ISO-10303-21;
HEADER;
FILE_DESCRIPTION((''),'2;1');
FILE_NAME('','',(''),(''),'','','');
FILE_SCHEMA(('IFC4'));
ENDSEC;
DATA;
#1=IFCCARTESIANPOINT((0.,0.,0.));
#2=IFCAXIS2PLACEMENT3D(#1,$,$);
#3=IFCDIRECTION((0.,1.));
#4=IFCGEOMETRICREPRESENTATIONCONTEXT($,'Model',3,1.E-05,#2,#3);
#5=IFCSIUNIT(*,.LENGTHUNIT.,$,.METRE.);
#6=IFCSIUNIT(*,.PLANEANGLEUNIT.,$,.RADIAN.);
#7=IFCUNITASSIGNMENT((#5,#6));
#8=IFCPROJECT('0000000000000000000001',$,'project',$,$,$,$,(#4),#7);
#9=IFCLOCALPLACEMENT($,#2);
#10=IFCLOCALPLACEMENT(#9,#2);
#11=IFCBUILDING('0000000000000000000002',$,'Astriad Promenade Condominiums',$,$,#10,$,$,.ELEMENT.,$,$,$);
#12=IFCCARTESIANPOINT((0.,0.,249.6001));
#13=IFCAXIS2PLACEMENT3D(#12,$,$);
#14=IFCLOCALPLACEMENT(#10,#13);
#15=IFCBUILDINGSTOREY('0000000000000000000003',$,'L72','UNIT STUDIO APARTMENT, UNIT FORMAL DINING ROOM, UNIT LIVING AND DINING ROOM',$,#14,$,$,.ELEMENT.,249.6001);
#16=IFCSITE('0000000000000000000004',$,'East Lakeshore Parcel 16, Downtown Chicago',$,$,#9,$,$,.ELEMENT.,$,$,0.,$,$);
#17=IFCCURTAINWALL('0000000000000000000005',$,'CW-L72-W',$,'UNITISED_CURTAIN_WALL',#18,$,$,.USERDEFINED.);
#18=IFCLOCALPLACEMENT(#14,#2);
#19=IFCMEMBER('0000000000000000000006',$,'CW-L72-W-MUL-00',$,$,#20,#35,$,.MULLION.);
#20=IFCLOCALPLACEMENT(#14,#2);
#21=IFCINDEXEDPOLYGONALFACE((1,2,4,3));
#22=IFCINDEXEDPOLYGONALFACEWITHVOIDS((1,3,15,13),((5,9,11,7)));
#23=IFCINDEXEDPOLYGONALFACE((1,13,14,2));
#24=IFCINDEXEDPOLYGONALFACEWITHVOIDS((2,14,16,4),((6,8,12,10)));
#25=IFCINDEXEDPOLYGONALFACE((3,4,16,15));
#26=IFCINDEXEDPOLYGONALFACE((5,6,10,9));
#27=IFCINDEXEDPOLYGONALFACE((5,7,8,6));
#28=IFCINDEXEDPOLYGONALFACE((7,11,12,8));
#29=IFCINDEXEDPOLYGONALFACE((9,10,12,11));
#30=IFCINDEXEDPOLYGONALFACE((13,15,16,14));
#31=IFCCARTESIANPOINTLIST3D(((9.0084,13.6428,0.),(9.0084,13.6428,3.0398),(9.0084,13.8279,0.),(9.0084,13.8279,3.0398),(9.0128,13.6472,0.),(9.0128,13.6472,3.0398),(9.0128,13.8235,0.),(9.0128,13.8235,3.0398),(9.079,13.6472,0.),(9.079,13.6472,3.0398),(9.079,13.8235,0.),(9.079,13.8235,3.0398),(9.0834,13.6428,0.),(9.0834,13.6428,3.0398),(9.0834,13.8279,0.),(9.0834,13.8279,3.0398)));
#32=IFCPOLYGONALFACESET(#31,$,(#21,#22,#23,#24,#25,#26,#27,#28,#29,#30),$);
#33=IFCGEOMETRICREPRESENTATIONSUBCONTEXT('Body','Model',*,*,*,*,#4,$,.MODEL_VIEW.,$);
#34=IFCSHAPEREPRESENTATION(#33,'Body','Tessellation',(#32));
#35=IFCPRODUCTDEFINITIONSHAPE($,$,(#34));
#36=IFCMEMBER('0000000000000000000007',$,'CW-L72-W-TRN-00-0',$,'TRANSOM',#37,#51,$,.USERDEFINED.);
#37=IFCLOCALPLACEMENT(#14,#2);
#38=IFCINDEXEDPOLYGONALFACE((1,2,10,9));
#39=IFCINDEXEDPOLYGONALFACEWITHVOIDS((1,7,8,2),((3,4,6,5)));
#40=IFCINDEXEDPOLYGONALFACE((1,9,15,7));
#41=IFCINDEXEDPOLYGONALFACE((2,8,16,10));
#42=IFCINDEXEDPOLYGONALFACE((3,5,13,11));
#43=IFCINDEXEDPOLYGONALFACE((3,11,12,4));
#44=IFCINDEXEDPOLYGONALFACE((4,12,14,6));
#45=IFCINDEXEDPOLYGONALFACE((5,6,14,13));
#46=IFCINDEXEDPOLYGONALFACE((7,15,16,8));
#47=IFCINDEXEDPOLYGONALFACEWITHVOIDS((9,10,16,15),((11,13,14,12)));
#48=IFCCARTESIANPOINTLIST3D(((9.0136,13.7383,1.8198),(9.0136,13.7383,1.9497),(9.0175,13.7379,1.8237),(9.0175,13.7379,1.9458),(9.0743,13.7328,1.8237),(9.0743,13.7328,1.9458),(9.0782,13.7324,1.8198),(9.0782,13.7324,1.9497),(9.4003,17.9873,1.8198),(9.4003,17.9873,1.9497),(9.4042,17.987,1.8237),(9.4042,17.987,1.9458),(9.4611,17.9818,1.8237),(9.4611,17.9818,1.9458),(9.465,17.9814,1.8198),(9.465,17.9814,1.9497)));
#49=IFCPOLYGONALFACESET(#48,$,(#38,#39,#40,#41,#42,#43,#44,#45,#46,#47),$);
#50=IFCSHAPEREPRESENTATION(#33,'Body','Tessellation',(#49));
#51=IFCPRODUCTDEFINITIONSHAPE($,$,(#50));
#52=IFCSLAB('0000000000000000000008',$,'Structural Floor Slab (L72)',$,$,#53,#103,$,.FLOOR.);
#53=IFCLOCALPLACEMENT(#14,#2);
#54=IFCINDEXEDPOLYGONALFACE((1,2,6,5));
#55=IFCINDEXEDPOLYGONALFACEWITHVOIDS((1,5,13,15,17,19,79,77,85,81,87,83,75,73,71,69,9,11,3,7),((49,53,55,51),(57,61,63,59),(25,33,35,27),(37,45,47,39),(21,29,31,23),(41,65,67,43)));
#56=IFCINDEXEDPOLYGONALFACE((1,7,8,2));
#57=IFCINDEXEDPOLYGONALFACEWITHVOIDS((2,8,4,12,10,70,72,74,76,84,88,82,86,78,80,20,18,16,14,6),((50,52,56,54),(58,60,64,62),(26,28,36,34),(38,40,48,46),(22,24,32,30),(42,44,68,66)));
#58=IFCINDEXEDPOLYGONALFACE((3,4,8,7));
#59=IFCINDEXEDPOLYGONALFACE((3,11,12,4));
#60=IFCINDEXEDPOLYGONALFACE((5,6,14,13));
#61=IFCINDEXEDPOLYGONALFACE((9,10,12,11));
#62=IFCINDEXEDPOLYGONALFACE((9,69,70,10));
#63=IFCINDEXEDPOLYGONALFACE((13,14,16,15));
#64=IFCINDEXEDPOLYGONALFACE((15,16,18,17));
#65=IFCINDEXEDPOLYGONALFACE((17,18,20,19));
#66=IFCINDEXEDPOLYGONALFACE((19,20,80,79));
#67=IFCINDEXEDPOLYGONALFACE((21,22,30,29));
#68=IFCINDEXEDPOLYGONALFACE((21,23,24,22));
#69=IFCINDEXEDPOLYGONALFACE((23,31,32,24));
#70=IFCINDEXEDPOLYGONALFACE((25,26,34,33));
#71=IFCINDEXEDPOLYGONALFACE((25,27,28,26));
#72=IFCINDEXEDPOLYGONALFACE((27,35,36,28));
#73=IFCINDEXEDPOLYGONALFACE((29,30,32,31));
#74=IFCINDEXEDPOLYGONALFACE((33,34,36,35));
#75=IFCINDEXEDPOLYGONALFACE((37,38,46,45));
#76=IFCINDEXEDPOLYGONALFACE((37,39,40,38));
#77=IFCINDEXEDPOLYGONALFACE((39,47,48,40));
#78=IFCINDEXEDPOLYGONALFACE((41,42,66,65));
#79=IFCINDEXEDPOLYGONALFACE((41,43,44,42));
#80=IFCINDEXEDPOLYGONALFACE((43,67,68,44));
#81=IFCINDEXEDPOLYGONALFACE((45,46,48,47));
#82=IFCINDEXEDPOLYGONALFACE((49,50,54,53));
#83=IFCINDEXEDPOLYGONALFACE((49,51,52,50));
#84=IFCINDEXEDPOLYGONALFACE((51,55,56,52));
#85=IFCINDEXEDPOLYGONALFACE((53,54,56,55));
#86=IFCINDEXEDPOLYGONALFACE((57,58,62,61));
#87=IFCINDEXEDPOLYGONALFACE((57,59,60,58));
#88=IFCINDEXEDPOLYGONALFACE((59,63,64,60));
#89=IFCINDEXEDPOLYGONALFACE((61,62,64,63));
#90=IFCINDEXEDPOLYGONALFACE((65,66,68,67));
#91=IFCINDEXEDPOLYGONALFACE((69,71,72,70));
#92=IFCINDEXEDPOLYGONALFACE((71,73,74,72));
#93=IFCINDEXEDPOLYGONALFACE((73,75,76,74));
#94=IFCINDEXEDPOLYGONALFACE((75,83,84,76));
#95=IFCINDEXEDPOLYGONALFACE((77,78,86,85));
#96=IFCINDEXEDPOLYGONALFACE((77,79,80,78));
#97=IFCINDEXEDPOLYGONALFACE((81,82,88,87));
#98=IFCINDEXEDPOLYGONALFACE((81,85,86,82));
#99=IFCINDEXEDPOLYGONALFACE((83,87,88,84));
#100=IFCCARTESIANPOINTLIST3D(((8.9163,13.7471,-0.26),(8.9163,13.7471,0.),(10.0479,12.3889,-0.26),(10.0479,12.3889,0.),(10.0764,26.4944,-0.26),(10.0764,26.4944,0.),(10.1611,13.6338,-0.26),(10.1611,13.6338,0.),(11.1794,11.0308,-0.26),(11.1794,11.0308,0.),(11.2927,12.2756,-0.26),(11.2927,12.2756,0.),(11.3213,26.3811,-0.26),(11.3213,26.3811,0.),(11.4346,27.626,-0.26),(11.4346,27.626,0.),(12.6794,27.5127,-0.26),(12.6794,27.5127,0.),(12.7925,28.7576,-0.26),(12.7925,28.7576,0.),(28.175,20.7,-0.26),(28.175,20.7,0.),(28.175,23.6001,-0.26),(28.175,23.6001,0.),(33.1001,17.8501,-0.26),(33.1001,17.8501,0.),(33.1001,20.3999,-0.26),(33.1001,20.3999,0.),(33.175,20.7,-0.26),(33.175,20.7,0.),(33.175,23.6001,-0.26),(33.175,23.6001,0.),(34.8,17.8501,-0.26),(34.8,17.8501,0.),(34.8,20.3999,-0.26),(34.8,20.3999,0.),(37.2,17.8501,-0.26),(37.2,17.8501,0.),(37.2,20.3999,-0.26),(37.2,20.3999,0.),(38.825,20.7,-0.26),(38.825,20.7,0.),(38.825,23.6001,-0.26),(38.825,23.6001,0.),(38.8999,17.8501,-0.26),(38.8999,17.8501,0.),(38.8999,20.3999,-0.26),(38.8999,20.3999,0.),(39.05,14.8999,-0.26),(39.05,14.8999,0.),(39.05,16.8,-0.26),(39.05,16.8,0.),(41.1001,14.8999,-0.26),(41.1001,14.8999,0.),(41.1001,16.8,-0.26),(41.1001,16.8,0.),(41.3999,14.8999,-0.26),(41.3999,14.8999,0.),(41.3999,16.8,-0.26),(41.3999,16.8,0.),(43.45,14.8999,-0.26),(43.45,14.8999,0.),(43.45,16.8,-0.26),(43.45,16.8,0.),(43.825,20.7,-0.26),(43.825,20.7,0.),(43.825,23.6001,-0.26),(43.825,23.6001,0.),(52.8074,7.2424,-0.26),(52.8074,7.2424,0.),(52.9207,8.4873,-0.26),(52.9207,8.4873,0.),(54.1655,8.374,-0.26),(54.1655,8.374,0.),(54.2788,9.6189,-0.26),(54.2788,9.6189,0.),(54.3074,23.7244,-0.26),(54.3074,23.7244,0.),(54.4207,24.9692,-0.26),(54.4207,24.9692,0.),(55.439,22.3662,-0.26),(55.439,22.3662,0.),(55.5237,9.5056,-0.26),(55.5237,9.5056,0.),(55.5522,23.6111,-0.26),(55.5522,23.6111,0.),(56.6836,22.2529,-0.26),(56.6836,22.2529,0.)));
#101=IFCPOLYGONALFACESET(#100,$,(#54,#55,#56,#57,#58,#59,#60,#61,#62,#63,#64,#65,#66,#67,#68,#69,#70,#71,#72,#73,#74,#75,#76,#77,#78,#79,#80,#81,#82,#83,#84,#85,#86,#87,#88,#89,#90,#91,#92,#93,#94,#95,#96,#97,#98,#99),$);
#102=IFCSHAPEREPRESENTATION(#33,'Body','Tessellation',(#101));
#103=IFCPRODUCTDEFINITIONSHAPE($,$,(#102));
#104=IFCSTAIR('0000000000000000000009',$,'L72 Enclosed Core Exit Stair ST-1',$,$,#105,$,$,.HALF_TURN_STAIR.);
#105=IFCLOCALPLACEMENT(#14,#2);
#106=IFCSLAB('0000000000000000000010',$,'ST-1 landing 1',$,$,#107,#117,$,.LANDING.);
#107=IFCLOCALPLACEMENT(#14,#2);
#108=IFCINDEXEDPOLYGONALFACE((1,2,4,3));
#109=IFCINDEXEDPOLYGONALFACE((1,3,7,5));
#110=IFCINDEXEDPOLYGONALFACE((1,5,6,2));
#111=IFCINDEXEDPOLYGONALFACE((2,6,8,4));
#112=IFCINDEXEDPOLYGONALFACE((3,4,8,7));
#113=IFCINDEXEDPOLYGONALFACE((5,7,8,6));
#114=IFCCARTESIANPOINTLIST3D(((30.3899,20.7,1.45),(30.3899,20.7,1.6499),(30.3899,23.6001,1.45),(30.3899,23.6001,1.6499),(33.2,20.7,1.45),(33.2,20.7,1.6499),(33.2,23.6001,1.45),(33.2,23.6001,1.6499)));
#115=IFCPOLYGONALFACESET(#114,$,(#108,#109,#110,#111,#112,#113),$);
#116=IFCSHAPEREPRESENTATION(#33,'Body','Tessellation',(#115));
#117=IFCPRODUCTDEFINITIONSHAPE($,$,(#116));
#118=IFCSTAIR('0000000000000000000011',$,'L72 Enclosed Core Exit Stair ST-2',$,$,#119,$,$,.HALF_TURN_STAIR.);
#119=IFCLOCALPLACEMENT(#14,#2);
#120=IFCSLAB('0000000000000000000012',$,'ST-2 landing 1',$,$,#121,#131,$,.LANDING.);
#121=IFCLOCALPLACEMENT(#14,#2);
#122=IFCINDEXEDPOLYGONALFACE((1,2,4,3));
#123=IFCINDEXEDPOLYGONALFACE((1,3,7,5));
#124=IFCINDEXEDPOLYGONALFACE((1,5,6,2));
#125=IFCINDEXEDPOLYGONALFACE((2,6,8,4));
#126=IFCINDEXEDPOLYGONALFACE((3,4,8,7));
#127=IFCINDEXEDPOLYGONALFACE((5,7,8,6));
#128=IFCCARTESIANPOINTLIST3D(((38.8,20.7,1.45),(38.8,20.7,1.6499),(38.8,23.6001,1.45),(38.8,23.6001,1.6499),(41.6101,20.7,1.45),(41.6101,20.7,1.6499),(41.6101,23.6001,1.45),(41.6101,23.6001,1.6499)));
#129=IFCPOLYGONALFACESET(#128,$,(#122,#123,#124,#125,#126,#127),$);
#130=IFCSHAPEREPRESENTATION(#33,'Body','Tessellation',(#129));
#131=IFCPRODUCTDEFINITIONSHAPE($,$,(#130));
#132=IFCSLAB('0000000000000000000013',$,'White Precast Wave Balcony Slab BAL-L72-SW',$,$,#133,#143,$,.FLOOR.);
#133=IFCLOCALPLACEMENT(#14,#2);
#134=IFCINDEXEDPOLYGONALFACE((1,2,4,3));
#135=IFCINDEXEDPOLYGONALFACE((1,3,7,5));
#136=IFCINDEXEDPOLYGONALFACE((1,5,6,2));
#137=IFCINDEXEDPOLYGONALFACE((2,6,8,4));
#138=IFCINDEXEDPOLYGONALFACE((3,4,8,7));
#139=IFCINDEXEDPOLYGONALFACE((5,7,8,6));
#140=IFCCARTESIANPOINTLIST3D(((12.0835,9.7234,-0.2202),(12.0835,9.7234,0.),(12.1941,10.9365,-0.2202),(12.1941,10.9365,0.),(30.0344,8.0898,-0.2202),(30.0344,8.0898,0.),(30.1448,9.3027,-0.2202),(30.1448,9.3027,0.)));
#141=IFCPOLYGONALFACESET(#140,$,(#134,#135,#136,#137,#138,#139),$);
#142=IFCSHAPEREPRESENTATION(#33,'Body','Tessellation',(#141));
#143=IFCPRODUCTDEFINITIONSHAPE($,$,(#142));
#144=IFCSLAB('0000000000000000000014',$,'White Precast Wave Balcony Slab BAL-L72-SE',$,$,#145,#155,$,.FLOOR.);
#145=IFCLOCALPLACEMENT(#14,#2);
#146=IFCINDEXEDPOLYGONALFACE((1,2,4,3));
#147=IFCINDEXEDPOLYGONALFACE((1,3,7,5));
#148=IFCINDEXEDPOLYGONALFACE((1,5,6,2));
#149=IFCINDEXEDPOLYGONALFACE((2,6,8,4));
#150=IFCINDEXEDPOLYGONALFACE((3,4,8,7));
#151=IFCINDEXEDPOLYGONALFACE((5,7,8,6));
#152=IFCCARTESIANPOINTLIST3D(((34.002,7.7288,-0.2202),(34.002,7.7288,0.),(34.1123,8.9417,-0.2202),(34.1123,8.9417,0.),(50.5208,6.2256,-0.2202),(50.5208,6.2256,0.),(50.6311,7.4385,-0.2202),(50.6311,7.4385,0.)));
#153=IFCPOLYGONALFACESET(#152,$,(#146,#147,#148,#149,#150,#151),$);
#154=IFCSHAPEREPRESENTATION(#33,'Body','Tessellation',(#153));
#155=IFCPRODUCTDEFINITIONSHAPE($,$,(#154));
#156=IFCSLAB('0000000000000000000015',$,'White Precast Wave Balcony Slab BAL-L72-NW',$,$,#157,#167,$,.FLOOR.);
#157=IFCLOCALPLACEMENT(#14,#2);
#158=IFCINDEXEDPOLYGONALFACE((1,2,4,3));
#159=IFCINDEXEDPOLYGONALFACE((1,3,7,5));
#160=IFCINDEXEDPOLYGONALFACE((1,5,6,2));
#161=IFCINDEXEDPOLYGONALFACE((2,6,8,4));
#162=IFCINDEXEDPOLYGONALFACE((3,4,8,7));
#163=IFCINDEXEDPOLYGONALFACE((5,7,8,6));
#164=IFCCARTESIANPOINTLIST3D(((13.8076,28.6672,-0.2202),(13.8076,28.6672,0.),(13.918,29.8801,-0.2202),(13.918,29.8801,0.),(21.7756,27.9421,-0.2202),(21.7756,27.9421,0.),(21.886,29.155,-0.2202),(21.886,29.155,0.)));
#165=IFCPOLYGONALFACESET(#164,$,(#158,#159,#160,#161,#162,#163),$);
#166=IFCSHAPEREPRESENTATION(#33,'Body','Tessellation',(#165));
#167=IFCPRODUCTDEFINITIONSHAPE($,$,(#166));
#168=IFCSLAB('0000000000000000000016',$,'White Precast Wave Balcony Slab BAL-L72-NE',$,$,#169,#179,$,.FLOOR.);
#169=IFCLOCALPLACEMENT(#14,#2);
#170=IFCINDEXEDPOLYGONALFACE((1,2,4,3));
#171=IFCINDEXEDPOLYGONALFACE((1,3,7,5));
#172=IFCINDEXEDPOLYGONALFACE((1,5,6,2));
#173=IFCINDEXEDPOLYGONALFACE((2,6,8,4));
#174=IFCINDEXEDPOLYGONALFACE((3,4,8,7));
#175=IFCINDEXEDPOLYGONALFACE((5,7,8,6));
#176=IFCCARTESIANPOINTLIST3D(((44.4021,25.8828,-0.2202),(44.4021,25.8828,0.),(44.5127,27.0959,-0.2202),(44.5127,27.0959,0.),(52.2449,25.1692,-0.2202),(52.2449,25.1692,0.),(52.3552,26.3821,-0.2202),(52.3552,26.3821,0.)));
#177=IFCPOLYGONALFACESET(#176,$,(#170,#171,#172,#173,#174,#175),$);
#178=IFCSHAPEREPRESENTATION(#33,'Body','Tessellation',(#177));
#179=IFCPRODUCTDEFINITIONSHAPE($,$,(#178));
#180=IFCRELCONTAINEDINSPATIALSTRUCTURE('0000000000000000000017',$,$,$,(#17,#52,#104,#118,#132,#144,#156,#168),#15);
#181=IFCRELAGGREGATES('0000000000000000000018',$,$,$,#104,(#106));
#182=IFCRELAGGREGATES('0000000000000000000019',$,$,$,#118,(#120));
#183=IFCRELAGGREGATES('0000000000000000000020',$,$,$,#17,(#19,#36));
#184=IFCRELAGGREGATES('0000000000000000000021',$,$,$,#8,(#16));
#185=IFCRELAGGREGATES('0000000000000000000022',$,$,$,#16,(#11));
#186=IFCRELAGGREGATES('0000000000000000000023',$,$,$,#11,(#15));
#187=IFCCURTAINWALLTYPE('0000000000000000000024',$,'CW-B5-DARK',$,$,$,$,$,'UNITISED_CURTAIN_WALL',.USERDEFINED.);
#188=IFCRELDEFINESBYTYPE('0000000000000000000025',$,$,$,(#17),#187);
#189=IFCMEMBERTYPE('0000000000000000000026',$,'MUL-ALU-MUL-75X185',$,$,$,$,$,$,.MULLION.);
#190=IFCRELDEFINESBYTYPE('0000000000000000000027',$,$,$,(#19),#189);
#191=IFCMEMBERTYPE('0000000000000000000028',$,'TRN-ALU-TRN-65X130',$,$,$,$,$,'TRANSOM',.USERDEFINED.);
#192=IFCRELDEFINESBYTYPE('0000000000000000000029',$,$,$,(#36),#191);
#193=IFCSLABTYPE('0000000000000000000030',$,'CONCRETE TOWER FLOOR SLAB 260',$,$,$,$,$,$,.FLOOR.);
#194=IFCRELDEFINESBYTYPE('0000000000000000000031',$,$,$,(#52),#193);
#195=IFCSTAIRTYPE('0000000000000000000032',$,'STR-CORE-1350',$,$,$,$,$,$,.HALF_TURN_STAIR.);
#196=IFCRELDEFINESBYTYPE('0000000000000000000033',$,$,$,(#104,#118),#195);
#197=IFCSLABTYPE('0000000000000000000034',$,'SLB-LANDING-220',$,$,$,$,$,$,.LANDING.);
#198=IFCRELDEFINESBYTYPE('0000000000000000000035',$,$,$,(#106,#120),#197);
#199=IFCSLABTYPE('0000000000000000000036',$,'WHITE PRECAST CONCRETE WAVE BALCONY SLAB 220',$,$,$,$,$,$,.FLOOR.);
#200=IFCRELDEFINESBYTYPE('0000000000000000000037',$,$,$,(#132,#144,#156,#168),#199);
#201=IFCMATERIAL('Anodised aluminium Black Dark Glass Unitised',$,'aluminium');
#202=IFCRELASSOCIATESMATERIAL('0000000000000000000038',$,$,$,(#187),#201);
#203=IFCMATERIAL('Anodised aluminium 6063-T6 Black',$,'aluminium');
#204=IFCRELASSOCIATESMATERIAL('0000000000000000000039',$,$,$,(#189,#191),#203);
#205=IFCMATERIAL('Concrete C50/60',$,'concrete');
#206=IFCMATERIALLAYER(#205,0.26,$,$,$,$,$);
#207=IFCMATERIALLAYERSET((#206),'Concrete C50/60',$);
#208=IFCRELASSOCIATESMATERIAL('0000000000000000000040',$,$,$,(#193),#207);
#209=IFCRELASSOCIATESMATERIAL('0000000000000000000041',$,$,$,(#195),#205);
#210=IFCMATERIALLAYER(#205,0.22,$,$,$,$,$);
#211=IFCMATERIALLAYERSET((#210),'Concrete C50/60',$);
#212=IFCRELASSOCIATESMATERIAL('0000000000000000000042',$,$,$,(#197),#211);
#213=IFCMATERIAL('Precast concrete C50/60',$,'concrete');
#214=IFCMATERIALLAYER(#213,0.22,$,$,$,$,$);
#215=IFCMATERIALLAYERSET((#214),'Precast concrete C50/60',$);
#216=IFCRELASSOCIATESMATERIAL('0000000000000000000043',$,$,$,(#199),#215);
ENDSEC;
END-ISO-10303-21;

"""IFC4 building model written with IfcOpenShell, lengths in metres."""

from ifc_helpers import new_model, si_unit, direction, frame, origin, origin_2d, place, context, subcontext, project, spatial, polyline, hollow_rectangle, outline, extrude, source, transform, mapped, material, layer, layer_set, material_profile, profile_set, type_object, type_shapes, element, aggregate, save


model = new_model("IFC4")

# Units and contexts
model_context = context("Model", 3, precision=1e-05, world=origin(), true_north=direction((0.0, 1.0)))
body_context = subcontext(model_context, "Body", "Model", "MODEL_VIEW")
ifc_project = project(units=[si_unit("LENGTHUNIT", "METRE"), si_unit("PLANEANGLEUNIT", "RADIAN")], contexts=[model_context])

# Site, building, storey
site_placement = place(None, origin())
site = spatial("IfcSite", under=ifc_project, at=site_placement, Name="East Lakeshore Parcel 16, Downtown Chicago", CompositionType="ELEMENT", RefElevation=0.0)
building_placement = place(site_placement, origin())
building = spatial("IfcBuilding", under=site, at=building_placement, Name="Astriad Promenade Condominiums", CompositionType="ELEMENT")
storey_placement = place(building_placement, frame((0.0, 0.0, 249.6001)))
storey = spatial("IfcBuildingStorey", under=building, at=storey_placement, Name="L72", Description="UNIT STUDIO APARTMENT, UNIT FORMAL DINING ROOM, UNIT LIVING AND DINING ROOM", CompositionType="ELEMENT", Elevation=249.6001)

# Curtain wall, members
ifc_material_1 = material(Name="Anodised aluminium Black Dark Glass Unitised", Category="aluminium")
curtain_wall_type = type_object("IfcCurtainWallType", Name="CW-B5-DARK", ElementType="UNITISED_CURTAIN_WALL", PredefinedType="USERDEFINED", material=ifc_material_1)
curtain_wall_placement = place(storey_placement, origin())
curtain_wall = element("IfcCurtainWall", 1, at=curtain_wall_placement, inside=storey, type_object=curtain_wall_type, Name="CW-L72-W", ObjectType="UNITISED_CURTAIN_WALL", PredefinedType="USERDEFINED")
ifc_material_2 = material(Name="Anodised aluminium 6063-T6 Black", Category="aluminium")
ifc_material_profile_1 = material_profile(ifc_material_2, hollow_rectangle(XDim=0.075, YDim=0.1851, WallThickness=0.0044, at=origin_2d()), Name="ALU-MUL-75X185")
ifc_profile_set_1 = profile_set([ifc_material_profile_1], Name="Anodised aluminium 6063-T6 Black")
member_type_1 = type_object("IfcMemberType", Name="MUL-ALU-MUL-75X185", PredefinedType="MULLION", material=ifc_profile_set_1)
shared_shape_1 = source(origin(), body_context, "Body", "SweptSolid", [
    extrude(hollow_rectangle(XDim=0.075, YDim=0.1851, WallThickness=0.0044, at=origin_2d()), origin(), (0.0, 0.0, 1.0), 3.0398),
])
type_shapes(member_type_1, [shared_shape_1])
member_1_placement = place(storey_placement, frame((9.0459, 13.7354, 0.0), z_axis=(0.0, 0.0, 1.0), x_axis=(1.0, 0.0, 0.0)))
member_1 = element("IfcMember", 2, at=member_1_placement, type_object=member_type_1, Name="CW-L72-W-MUL-00", PredefinedType="MULLION", context=body_context, shape_type="MappedRepresentation", body=[
    mapped(shared_shape_1, transform((0.0, 0.0, 0.0), scale=1.0)),
])
ifc_material_profile_2 = material_profile(ifc_material_2, hollow_rectangle(XDim=0.0649, YDim=0.1299, WallThickness=0.0039, at=origin_2d()), Name="ALU-TRN-65X130")
ifc_profile_set_2 = profile_set([ifc_material_profile_2], Name="Anodised aluminium 6063-T6 Black")
member_type_2 = type_object("IfcMemberType", Name="TRN-ALU-TRN-65X130", ElementType="TRANSOM", PredefinedType="USERDEFINED", material=ifc_profile_set_2)
shared_shape_2 = source(origin(), body_context, "Body", "SweptSolid", [
    extrude(hollow_rectangle(XDim=0.0649, YDim=0.1299, WallThickness=0.0039, at=origin_2d()), origin(), (0.0, 0.0, 1.0), 4.2666),
])
type_shapes(member_type_2, [shared_shape_2])
member_2_placement = place(storey_placement, frame((9.0459, 13.7354, 1.8848), z_axis=(0.090639, 0.995884, 0.0), x_axis=(-0.995884, 0.090639, 0.0)))
member_2 = element("IfcMember", 3, at=member_2_placement, type_object=member_type_2, Name="CW-L72-W-TRN-00-0", ObjectType="TRANSOM", PredefinedType="USERDEFINED", context=body_context, shape_type="MappedRepresentation", body=[
    mapped(shared_shape_2, transform((0.0, 0.0, 0.0), scale=1.0)),
])

# Slab
ifc_material_3 = material(Name="Concrete C50/60", Category="concrete")
ifc_layer_1 = layer(ifc_material_3, 0.26)
ifc_layer_set_1 = layer_set([ifc_layer_1], Name="Concrete C50/60")
slab_type_1 = type_object("IfcSlabType", Name="CONCRETE TOWER FLOOR SLAB 260", PredefinedType="FLOOR", material=ifc_layer_set_1)
slab_1_placement = place(storey_placement, frame((0.0, 0.0, -0.26)))
element("IfcSlab", 4, at=slab_1_placement, inside=storey, type_object=slab_type_1, Name="Structural Floor Slab (L72)", PredefinedType="FLOOR", context=body_context, shape_type="SweptSolid", body=[
    extrude(outline(polyline([(11.1794, 11.0308), (52.8074, 7.2424), (52.9207, 8.4873), (54.1655, 8.374), (54.2788, 9.6189), (55.5237, 9.5056), (56.6836, 22.2529), (55.439, 22.3662), (55.5522, 23.6111), (54.3074, 23.7244), (54.4207, 24.9692), (12.7925, 28.7576), (12.6794, 27.5127), (11.4346, 27.626), (11.3213, 26.3811), (10.0764, 26.4944), (8.9163, 13.7471), (10.1611, 13.6338), (10.0479, 12.3889), (11.2927, 12.2756), (11.1794, 11.0308)]), holes=[polyline([(28.175, 20.7), (33.175, 20.7), (33.175, 23.6001), (28.175, 23.6001), (28.175, 20.7)]), polyline([(38.825, 20.7), (43.825, 20.7), (43.825, 23.6001), (38.825, 23.6001), (38.825, 20.7)]), polyline([(33.1001, 17.8501), (34.8, 17.8501), (34.8, 20.3999), (33.1001, 20.3999), (33.1001, 17.8501)]), polyline([(37.2, 17.8501), (38.8999, 17.8501), (38.8999, 20.3999), (37.2, 20.3999), (37.2, 17.8501)]), polyline([(39.05, 14.8999), (41.1001, 14.8999), (41.1001, 16.8), (39.05, 16.8), (39.05, 14.8999)]), polyline([(41.3999, 14.8999), (43.45, 14.8999), (43.45, 16.8), (41.3999, 16.8), (41.3999, 14.8999)])]), origin(), (0.0, 0.0, 1.0), 0.26),
])

# Stairs, slabs
stair_type = type_object("IfcStairType", Name="STR-CORE-1350", PredefinedType="HALF_TURN_STAIR", material=ifc_material_3)
stair_1_placement = place(storey_placement, origin())
stair_1 = element("IfcStair", 5, at=stair_1_placement, inside=storey, type_object=stair_type, Name="L72 Enclosed Core Exit Stair ST-1", PredefinedType="HALF_TURN_STAIR")
ifc_layer_2 = layer(ifc_material_3, 0.22)
ifc_layer_set_2 = layer_set([ifc_layer_2], Name="Concrete C50/60")
slab_type_2 = type_object("IfcSlabType", Name="SLB-LANDING-220", PredefinedType="LANDING", material=ifc_layer_set_2)
slab_2_placement = place(storey_placement, frame((0.0, 0.0, 1.45)))
slab_2 = element("IfcSlab", 6, at=slab_2_placement, type_object=slab_type_2, Name="ST-1 landing 1", PredefinedType="LANDING", context=body_context, shape_type="SweptSolid", body=[
    extrude(outline(polyline([(30.3899, 20.7), (33.2, 20.7), (33.2, 23.6001), (30.3899, 23.6001), (30.3899, 20.7)])), origin(), (0.0, 0.0, 1.0), 0.2),
])
aggregate(stair_1, [slab_2])
stair_2_placement = place(storey_placement, origin())
stair_2 = element("IfcStair", 7, at=stair_2_placement, inside=storey, type_object=stair_type, Name="L72 Enclosed Core Exit Stair ST-2", PredefinedType="HALF_TURN_STAIR")
slab_3_placement = place(storey_placement, frame((0.0, 0.0, 1.45)))
slab_3 = element("IfcSlab", 8, at=slab_3_placement, type_object=slab_type_2, Name="ST-2 landing 1", PredefinedType="LANDING", context=body_context, shape_type="SweptSolid", body=[
    extrude(outline(polyline([(41.6101, 23.6001), (38.8, 23.6001), (38.8, 20.7), (41.6101, 20.7), (41.6101, 23.6001)])), origin(), (0.0, 0.0, 1.0), 0.2),
])
aggregate(stair_2, [slab_3])

# Slabs
ifc_material_4 = material(Name="Precast concrete C50/60", Category="concrete")
ifc_layer_3 = layer(ifc_material_4, 0.22)
ifc_layer_set_3 = layer_set([ifc_layer_3], Name="Precast concrete C50/60")
slab_type_3 = type_object("IfcSlabType", Name="WHITE PRECAST CONCRETE WAVE BALCONY SLAB 220", PredefinedType="FLOOR", material=ifc_layer_set_3)
slab_4_placement = place(storey_placement, frame((0.0, 0.0, -0.2202)))
element("IfcSlab", 9, at=slab_4_placement, inside=storey, type_object=slab_type_3, Name="White Precast Wave Balcony Slab BAL-L72-SW", PredefinedType="FLOOR", context=body_context, shape_type="SweptSolid", body=[
    extrude(outline(polyline([(30.0344, 8.0898), (12.0835, 9.7234), (12.1941, 10.9365), (30.1448, 9.3027), (30.0344, 8.0898)])), origin(), (0.0, 0.0, 1.0), 0.2202),
])
slab_5_placement = place(storey_placement, frame((0.0, 0.0, -0.2202)))
element("IfcSlab", 10, at=slab_5_placement, inside=storey, type_object=slab_type_3, Name="White Precast Wave Balcony Slab BAL-L72-SE", PredefinedType="FLOOR", context=body_context, shape_type="SweptSolid", body=[
    extrude(outline(polyline([(50.5208, 6.2256), (34.002, 7.7288), (34.1123, 8.9417), (50.6311, 7.4385), (50.5208, 6.2256)])), origin(), (0.0, 0.0, 1.0), 0.2202),
])
slab_6_placement = place(storey_placement, frame((0.0, 0.0, -0.2202)))
element("IfcSlab", 11, at=slab_6_placement, inside=storey, type_object=slab_type_3, Name="White Precast Wave Balcony Slab BAL-L72-NW", PredefinedType="FLOOR", context=body_context, shape_type="SweptSolid", body=[
    extrude(outline(polyline([(13.918, 29.8801), (21.886, 29.155), (21.7756, 27.9421), (13.8076, 28.6672), (13.918, 29.8801)])), origin(), (0.0, 0.0, 1.0), 0.2202),
])
slab_7_placement = place(storey_placement, frame((0.0, 0.0, -0.2202)))
element("IfcSlab", 12, at=slab_7_placement, inside=storey, type_object=slab_type_3, Name="White Precast Wave Balcony Slab BAL-L72-NE", PredefinedType="FLOOR", context=body_context, shape_type="SweptSolid", body=[
    extrude(outline(polyline([(44.5127, 27.0959), (52.3552, 26.3821), (52.2449, 25.1692), (44.4021, 25.8828), (44.5127, 27.0959)])), origin(), (0.0, 0.0, 1.0), 0.2202),
])

aggregate(curtain_wall, [member_1, member_2])

save(model, "model.ifc")
